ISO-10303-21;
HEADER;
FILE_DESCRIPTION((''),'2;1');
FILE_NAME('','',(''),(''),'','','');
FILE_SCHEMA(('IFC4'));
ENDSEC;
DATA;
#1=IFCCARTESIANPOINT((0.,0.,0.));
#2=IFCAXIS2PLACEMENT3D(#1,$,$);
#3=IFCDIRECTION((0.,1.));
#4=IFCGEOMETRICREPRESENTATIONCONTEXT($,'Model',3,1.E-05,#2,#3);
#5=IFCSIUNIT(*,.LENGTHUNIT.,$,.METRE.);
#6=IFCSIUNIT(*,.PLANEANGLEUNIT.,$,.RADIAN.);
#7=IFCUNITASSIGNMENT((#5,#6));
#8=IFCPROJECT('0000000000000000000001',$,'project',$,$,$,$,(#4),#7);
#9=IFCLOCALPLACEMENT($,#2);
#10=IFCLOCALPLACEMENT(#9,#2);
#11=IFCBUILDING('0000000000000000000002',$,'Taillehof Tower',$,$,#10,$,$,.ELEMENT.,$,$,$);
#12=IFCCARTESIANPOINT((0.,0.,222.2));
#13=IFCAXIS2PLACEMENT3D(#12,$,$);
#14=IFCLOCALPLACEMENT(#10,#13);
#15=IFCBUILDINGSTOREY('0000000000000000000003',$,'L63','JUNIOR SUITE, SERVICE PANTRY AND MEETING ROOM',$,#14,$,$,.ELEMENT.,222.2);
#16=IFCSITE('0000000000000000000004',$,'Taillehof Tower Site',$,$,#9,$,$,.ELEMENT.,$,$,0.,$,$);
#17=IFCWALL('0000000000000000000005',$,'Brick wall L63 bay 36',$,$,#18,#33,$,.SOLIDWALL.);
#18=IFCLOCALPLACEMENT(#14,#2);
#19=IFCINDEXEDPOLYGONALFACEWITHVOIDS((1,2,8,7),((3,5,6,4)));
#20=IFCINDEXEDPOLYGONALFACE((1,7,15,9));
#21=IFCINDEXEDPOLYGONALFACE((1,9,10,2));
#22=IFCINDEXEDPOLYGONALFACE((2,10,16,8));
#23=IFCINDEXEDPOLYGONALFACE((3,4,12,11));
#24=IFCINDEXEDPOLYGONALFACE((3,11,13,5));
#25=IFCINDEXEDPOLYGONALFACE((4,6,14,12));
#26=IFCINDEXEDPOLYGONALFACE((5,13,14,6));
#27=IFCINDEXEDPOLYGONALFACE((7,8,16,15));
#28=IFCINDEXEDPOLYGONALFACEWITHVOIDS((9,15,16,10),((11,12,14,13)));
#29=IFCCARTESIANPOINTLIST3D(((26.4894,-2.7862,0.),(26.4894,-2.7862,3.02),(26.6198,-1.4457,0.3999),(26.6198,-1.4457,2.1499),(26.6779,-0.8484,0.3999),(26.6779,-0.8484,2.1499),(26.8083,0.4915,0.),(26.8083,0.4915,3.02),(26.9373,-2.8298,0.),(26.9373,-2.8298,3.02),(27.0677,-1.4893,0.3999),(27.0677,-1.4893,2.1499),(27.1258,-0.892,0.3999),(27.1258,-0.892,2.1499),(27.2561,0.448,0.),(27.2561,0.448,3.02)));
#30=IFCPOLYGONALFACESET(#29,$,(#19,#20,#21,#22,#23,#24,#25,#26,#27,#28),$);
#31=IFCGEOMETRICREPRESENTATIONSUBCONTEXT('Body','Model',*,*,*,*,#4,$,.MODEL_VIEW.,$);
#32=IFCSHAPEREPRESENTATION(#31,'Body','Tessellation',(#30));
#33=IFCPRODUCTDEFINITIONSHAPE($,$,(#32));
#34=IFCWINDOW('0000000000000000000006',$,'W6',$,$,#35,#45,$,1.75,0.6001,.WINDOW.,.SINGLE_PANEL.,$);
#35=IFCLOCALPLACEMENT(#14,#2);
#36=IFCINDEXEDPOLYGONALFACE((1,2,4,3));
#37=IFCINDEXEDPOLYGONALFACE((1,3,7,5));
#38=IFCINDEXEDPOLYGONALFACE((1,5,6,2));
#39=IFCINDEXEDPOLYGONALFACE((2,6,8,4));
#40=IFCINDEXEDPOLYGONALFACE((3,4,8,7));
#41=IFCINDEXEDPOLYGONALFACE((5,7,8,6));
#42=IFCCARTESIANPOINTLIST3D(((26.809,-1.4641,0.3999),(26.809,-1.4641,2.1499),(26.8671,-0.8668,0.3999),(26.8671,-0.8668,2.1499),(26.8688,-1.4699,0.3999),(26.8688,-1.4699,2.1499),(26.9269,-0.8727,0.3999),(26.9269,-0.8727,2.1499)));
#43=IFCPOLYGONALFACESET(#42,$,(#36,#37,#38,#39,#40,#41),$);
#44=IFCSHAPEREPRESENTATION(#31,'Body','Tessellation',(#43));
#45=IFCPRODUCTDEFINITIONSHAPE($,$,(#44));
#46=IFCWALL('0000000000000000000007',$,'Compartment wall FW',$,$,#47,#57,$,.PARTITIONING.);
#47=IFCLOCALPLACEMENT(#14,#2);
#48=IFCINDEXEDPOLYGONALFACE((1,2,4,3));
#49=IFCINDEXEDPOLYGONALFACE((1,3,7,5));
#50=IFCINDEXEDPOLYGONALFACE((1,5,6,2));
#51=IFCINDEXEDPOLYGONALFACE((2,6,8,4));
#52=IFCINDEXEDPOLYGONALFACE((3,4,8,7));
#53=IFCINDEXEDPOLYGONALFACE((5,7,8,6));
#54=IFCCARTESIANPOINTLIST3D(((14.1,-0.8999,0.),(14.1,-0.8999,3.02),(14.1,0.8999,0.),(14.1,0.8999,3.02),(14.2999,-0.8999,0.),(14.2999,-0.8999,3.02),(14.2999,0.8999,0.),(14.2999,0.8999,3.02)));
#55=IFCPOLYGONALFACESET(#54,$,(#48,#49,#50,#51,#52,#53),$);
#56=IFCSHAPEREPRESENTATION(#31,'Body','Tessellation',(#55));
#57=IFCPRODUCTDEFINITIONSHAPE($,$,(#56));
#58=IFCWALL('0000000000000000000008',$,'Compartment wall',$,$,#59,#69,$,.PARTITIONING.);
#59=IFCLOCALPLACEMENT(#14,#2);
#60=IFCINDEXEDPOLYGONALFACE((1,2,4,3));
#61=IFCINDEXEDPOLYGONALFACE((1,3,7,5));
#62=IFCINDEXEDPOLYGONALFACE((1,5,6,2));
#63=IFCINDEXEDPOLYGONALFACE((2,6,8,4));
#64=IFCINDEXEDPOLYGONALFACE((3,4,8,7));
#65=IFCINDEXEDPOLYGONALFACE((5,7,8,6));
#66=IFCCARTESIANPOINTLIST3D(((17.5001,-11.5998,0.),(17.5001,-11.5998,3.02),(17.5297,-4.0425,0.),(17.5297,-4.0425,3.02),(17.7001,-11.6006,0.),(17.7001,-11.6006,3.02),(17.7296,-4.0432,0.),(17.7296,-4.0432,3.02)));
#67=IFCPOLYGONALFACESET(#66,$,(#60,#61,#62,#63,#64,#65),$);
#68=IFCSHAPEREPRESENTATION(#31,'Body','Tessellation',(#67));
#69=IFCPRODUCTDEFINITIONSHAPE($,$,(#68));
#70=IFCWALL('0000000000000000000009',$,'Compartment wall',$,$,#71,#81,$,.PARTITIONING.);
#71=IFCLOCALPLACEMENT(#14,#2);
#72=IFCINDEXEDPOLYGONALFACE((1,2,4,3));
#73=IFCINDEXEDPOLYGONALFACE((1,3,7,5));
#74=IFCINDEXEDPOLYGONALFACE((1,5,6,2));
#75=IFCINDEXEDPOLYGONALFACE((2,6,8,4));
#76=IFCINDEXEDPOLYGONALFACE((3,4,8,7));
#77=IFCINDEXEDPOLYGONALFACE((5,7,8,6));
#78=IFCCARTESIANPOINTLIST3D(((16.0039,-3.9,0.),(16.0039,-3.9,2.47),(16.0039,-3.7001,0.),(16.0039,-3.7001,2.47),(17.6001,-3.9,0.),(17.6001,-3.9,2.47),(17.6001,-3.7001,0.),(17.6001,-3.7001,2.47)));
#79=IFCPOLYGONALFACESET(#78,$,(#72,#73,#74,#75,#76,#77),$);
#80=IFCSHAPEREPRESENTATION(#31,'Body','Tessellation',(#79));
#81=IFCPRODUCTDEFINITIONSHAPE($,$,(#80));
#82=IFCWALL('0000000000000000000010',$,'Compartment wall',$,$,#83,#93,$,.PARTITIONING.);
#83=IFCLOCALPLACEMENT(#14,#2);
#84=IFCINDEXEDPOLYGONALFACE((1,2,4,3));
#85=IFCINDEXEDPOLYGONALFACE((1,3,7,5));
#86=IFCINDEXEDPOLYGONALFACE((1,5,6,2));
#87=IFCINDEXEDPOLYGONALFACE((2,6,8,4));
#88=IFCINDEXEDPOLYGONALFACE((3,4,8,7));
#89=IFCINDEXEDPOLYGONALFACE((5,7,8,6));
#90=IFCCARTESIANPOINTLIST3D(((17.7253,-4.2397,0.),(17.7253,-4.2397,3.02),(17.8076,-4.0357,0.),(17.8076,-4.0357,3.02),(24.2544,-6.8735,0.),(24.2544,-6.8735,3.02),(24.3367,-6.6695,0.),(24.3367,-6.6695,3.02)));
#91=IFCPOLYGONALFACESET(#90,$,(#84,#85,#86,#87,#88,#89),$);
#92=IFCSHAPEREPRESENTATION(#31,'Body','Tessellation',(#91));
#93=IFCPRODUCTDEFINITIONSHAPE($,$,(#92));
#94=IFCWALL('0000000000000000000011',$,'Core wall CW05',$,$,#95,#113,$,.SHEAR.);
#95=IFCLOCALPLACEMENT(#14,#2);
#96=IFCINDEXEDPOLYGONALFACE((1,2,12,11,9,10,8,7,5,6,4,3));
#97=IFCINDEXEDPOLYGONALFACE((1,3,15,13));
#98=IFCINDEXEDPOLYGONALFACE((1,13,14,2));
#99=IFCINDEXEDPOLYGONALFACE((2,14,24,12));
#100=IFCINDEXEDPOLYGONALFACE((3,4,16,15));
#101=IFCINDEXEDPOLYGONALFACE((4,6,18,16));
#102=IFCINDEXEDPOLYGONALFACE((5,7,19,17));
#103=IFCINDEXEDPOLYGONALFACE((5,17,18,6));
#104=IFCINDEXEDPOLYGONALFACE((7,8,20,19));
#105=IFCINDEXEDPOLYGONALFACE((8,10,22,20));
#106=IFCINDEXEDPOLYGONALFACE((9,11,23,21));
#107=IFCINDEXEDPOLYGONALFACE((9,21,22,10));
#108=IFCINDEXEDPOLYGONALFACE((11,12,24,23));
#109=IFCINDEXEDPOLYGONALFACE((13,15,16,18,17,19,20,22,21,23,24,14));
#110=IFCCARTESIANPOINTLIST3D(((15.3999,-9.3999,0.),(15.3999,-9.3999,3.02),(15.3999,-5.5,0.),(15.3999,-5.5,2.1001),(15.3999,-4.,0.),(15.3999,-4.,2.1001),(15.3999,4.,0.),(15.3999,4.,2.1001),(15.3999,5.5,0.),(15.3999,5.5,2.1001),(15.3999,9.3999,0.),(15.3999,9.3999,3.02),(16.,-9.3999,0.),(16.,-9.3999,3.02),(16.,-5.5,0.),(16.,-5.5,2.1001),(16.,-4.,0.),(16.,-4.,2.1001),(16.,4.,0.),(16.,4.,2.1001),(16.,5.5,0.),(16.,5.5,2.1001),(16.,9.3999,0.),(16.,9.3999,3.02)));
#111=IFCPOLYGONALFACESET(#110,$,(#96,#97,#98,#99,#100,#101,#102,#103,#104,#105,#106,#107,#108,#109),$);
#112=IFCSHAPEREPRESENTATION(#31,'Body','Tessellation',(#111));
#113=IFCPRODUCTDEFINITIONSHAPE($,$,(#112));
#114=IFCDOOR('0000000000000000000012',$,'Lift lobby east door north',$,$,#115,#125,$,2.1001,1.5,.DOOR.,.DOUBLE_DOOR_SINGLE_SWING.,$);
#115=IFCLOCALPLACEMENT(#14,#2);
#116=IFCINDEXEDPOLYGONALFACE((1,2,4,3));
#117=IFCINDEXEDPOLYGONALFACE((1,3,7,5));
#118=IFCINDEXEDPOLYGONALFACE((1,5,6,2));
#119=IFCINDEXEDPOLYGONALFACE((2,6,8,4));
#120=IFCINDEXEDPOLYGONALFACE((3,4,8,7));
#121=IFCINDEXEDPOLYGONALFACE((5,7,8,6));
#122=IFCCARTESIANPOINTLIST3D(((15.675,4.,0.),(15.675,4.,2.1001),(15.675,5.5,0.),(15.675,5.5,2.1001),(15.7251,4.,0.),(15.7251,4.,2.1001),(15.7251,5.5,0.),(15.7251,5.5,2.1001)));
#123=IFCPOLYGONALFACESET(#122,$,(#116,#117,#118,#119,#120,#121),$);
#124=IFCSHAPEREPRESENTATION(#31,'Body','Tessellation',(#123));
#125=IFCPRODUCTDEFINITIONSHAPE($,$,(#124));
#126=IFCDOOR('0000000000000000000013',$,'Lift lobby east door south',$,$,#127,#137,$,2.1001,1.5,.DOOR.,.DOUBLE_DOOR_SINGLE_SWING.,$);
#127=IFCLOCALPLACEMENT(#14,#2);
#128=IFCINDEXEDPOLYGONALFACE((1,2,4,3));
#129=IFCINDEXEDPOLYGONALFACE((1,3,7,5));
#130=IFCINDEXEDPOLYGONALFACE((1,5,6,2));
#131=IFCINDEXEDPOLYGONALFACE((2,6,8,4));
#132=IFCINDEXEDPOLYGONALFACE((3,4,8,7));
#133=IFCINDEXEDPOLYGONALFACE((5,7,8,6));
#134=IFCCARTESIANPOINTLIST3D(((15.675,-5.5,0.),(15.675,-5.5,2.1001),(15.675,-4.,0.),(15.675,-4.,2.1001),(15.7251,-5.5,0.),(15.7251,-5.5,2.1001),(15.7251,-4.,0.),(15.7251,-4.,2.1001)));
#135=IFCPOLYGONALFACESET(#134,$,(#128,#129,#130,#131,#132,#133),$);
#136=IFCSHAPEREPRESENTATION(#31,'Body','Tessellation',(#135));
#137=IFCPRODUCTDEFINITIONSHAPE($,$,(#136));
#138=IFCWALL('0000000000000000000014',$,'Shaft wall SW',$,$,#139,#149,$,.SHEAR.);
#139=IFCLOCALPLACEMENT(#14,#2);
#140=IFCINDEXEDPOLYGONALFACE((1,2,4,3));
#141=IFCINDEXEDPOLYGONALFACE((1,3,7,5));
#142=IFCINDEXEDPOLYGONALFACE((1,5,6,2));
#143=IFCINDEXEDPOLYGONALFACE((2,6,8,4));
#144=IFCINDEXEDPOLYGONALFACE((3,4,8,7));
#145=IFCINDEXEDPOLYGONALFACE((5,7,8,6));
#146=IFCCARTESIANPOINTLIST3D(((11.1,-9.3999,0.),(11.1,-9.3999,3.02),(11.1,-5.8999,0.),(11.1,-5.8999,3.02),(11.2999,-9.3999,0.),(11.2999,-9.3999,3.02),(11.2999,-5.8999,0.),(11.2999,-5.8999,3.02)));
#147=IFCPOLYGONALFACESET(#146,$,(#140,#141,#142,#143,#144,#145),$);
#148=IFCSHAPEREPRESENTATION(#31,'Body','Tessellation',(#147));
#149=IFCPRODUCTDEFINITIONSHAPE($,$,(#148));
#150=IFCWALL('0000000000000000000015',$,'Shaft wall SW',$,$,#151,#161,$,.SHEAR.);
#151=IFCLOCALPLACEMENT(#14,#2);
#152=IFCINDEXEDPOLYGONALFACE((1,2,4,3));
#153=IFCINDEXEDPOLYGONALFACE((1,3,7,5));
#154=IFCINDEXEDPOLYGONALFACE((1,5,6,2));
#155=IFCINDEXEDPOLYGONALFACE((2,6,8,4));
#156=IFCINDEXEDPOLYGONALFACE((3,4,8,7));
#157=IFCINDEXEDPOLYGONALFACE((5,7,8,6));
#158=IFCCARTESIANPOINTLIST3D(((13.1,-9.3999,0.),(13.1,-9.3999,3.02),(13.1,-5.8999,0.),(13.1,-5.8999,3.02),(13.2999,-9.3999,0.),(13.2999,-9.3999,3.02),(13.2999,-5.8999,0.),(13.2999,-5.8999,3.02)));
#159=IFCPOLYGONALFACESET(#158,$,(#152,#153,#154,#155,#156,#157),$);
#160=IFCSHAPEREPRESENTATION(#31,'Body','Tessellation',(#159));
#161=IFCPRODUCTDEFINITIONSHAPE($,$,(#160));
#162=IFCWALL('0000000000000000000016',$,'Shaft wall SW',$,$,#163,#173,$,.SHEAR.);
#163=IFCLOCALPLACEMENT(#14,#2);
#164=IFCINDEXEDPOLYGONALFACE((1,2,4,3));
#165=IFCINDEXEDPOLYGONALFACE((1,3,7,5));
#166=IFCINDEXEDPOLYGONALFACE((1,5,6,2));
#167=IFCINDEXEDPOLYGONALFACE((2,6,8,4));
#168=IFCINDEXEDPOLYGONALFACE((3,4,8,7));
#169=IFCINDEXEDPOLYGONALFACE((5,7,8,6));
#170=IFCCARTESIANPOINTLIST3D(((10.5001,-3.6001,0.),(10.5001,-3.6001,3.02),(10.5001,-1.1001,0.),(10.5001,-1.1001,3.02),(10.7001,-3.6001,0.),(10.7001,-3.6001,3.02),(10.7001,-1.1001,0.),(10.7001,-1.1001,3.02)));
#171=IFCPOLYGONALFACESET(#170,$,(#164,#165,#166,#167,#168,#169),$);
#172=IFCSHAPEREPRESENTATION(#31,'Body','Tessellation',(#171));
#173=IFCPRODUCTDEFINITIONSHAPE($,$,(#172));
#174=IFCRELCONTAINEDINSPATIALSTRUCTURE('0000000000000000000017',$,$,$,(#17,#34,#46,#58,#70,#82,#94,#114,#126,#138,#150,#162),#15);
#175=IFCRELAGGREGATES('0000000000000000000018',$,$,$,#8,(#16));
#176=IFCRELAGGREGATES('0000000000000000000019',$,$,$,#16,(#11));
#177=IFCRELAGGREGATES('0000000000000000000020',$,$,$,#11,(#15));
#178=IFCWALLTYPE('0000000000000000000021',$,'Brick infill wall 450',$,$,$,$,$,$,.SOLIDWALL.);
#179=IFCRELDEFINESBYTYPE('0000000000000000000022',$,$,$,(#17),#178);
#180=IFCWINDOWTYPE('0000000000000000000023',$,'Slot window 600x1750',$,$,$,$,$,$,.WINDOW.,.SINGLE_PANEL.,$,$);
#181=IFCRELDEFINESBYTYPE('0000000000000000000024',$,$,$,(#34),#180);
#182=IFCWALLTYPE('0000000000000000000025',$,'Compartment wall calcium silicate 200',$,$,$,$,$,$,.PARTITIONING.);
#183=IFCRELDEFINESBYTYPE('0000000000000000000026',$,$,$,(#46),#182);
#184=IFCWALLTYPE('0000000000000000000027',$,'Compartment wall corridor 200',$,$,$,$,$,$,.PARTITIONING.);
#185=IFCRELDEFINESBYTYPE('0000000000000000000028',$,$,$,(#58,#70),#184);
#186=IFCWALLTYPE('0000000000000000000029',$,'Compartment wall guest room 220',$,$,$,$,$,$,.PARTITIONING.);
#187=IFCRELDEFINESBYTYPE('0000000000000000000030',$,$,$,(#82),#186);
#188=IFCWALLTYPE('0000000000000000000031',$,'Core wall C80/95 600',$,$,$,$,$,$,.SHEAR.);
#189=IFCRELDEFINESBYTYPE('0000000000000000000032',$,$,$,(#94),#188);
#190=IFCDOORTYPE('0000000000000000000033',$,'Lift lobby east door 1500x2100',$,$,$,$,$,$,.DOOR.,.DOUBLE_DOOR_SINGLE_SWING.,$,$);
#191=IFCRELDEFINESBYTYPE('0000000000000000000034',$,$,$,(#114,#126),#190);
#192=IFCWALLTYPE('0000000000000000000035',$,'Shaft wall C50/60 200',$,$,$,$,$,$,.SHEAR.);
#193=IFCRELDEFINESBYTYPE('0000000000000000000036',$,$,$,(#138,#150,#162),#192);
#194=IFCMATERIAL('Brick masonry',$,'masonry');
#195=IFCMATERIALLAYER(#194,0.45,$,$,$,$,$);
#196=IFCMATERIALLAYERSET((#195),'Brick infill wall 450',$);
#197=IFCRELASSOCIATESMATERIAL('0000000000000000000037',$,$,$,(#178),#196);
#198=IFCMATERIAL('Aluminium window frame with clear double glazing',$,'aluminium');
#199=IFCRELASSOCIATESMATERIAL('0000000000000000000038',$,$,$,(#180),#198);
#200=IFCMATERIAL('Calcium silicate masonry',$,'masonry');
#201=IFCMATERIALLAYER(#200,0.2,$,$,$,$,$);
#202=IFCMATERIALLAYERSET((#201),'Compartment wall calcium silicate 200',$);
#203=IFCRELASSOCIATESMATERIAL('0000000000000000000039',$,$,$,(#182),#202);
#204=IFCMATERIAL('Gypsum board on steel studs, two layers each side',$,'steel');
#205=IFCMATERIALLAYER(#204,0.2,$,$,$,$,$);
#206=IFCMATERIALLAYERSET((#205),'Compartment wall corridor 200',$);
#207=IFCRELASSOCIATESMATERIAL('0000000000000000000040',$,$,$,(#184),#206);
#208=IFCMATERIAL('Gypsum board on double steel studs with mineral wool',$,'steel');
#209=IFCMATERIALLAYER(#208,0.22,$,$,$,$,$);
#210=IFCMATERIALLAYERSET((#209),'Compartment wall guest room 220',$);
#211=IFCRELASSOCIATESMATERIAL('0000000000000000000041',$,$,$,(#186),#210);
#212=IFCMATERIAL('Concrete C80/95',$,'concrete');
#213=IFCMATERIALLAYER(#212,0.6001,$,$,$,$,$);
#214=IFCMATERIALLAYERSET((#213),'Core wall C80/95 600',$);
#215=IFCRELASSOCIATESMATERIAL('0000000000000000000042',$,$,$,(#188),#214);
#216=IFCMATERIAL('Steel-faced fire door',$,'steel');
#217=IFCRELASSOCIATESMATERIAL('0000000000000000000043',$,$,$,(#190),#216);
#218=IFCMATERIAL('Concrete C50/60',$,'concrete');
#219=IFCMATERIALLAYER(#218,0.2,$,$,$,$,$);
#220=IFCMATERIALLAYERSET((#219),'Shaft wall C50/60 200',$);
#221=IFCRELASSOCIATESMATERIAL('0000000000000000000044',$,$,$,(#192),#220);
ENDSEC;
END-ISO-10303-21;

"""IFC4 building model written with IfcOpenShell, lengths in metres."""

from ifc_helpers import new_model, si_unit, direction, frame, frame_2d, origin, place, context, subcontext, project, spatial, rectangle, extrude, material, layer, layer_set, type_object, element, fill, save


model = new_model("IFC4")

# Units and contexts
model_context = context("Model", 3, precision=1e-05, world=origin(), true_north=direction((0.0, 1.0)))
body_context = subcontext(model_context, "Body", "Model", "MODEL_VIEW")
ifc_project = project(units=[si_unit("LENGTHUNIT", "METRE"), si_unit("PLANEANGLEUNIT", "RADIAN")], contexts=[model_context])

# Site, building, storey
site_placement = place(None, origin())
site = spatial("IfcSite", under=ifc_project, at=site_placement, Name="Taillehof Tower Site", CompositionType="ELEMENT", RefElevation=0.0)
building_placement = place(site_placement, origin())
building = spatial("IfcBuilding", under=site, at=building_placement, Name="Taillehof Tower", CompositionType="ELEMENT")
storey_placement = place(building_placement, frame((0.0, 0.0, 222.2)))
storey = spatial("IfcBuildingStorey", under=building, at=storey_placement, Name="L63", Description="JUNIOR SUITE, SERVICE PANTRY AND MEETING ROOM", CompositionType="ELEMENT", Elevation=222.2)

# Shared definitions
ifc_material_1 = material(Name="Brick masonry", Category="masonry")
ifc_layer_1 = layer(ifc_material_1, 0.45)
ifc_layer_set_1 = layer_set([ifc_layer_1], Name="Brick infill wall 450")
wall_type_1 = type_object("IfcWallType", Name="Brick infill wall 450", PredefinedType="SOLIDWALL", material=ifc_layer_set_1)
ifc_material_2 = material(Name="Aluminium window frame with clear double glazing", Category="aluminium")
window_type = type_object("IfcWindowType", Name="Slot window 600x1750", PartitioningType="SINGLE_PANEL", PredefinedType="WINDOW", material=ifc_material_2)

# Wall, opening, window
wall_1_placement = place(storey_placement, frame((26.7134, -2.8079, 0.0), z_axis=(0.0, 0.0, 1.0), x_axis=(0.096817, 0.995302, 0.0)))
wall_1 = element("IfcWall", 1, at=wall_1_placement, inside=storey, type_object=wall_type_1, Name="Brick wall L63 bay 36", PredefinedType="SOLIDWALL", context=body_context, shape_type="SweptSolid", body=[
    extrude(rectangle(XDim=3.2932, YDim=0.45, at=frame_2d((1.6465, 0.0))), origin(), (0.0, 0.0, 1.0), 3.02),
])
opening_1_placement = place(wall_1_placement, frame((1.3467, 0.0, 0.3999)))
opening_1 = element("IfcOpeningElement", 2, at=opening_1_placement, cuts=wall_1, PredefinedType="OPENING", context=body_context, shape_type="SweptSolid", body=[
    extrude(rectangle(XDim=0.6001, YDim=1.75, at=frame_2d((0.3, 0.875))), frame((0.0, 0.2349, 0.0), z_axis=(0.0, -1.0, 0.0), x_axis=(1.0, 0.0, 0.0)), (0.0, 0.0, 1.0), 0.47),
])
window_1_placement = place(opening_1_placement, origin())
window_1 = element("IfcWindow", 3, at=window_1_placement, inside=storey, type_object=window_type, Name="W6", OverallHeight=1.75, OverallWidth=0.6001, PartitioningType="SINGLE_PANEL", PredefinedType="WINDOW", context=body_context, shape_type="SweptSolid", body=[
    extrude(rectangle(XDim=0.6001, YDim=1.75, at=frame_2d((0.3, 0.875))), frame((0.0, 0.0349, 0.0), z_axis=(0.0, -1.0, 0.0), x_axis=(1.0, 0.0, 0.0)), (0.0, 0.0, 1.0), 0.0601),
])
fill(opening_1, window_1)

# Walls
ifc_material_3 = material(Name="Calcium silicate masonry", Category="masonry")
ifc_layer_2 = layer(ifc_material_3, 0.2)
ifc_layer_set_2 = layer_set([ifc_layer_2], Name="Compartment wall calcium silicate 200")
wall_type_2 = type_object("IfcWallType", Name="Compartment wall calcium silicate 200", PredefinedType="PARTITIONING", material=ifc_layer_set_2)
wall_2_placement = place(storey_placement, frame((14.2, -0.8999, 0.0), z_axis=(0.0, 0.0, 1.0), x_axis=(0.0, 1.0, 0.0)))
element("IfcWall", 4, at=wall_2_placement, inside=storey, type_object=wall_type_2, Name="Compartment wall FW", PredefinedType="PARTITIONING", context=body_context, shape_type="SweptSolid", body=[
    extrude(rectangle(XDim=1.7998, YDim=0.2, at=frame_2d((0.8999, 0.0))), origin(), (0.0, 0.0, 1.0), 3.02),
])
ifc_material_4 = material(Name="Gypsum board on steel studs, two layers each side", Category="steel")
ifc_layer_3 = layer(ifc_material_4, 0.2)
ifc_layer_set_3 = layer_set([ifc_layer_3], Name="Compartment wall corridor 200")
wall_type_3 = type_object("IfcWallType", Name="Compartment wall corridor 200", PredefinedType="PARTITIONING", material=ifc_layer_set_3)
wall_3_placement = place(storey_placement, frame((17.6296, -4.0427, 0.0), z_axis=(0.0, 0.0, 1.0), x_axis=(-0.003909, -0.999992, 0.0)))
element("IfcWall", 5, at=wall_3_placement, inside=storey, type_object=wall_type_3, Name="Compartment wall", PredefinedType="PARTITIONING", context=body_context, shape_type="SweptSolid", body=[
    extrude(rectangle(XDim=7.5574, YDim=0.2, at=frame_2d((3.7788, 0.0))), origin(), (0.0, 0.0, 1.0), 3.02),
])
wall_4_placement = place(storey_placement, frame((16.0039, -3.8, 0.0), z_axis=(0.0, 0.0, 1.0), x_axis=(1.0, 0.0, 0.0)))
element("IfcWall", 6, at=wall_4_placement, inside=storey, type_object=wall_type_3, Name="Compartment wall", PredefinedType="PARTITIONING", context=body_context, shape_type="SweptSolid", body=[
    extrude(rectangle(XDim=1.5962, YDim=0.2, at=frame_2d((0.7981, 0.0))), origin(), (0.0, 0.0, 1.0), 2.47),
])
ifc_material_5 = material(Name="Gypsum board on double steel studs with mineral wool", Category="steel")
ifc_layer_4 = layer(ifc_material_5, 0.22)
ifc_layer_set_4 = layer_set([ifc_layer_4], Name="Compartment wall guest room 220")
wall_type_4 = type_object("IfcWallType", Name="Compartment wall guest room 220", PredefinedType="PARTITIONING", material=ifc_layer_set_4)
wall_5_placement = place(storey_placement, frame((24.2954, -6.7715, 0.0), z_axis=(0.0, 0.0, 1.0), x_axis=(-0.927387, 0.374104, 0.0)))
element("IfcWall", 7, at=wall_5_placement, inside=storey, type_object=wall_type_4, Name="Compartment wall", PredefinedType="PARTITIONING", context=body_context, shape_type="SweptSolid", body=[
    extrude(rectangle(XDim=7.0403, YDim=0.22, at=frame_2d((3.52, 0.0))), origin(), (0.0, 0.0, 1.0), 3.02),
])

# Wall, openings, doors
ifc_material_6 = material(Name="Concrete C80/95", Category="concrete")
ifc_layer_5 = layer(ifc_material_6, 0.6001)
ifc_layer_set_5 = layer_set([ifc_layer_5], Name="Core wall C80/95 600")
wall_type_5 = type_object("IfcWallType", Name="Core wall C80/95 600", PredefinedType="SHEAR", material=ifc_layer_set_5)
wall_6_placement = place(storey_placement, frame((15.7, -9.3999, 0.0), z_axis=(0.0, 0.0, 1.0), x_axis=(0.0, 1.0, 0.0)))
wall_6 = element("IfcWall", 8, at=wall_6_placement, inside=storey, type_object=wall_type_5, Name="Core wall CW05", PredefinedType="SHEAR", context=body_context, shape_type="SweptSolid", body=[
    extrude(rectangle(XDim=18.7998, YDim=0.6001, at=frame_2d((9.3999, 0.0))), origin(), (0.0, 0.0, 1.0), 3.02),
])
opening_2_placement = place(wall_6_placement, frame((13.3999, 0.0, 0.0)))
opening_2 = element("IfcOpeningElement", 9, at=opening_2_placement, cuts=wall_6, PredefinedType="OPENING", context=body_context, shape_type="SweptSolid", body=[
    extrude(rectangle(XDim=1.5, YDim=2.1001, at=frame_2d((0.75, 1.05))), frame((0.0, 0.3101, 0.0), z_axis=(0.0, -1.0, 0.0), x_axis=(1.0, 0.0, 0.0)), (0.0, 0.0, 1.0), 0.6201),
])
opening_3_placement = place(wall_6_placement, frame((3.8999, 0.0, 0.0)))
opening_3 = element("IfcOpeningElement", 10, at=opening_3_placement, cuts=wall_6, PredefinedType="OPENING", context=body_context, shape_type="SweptSolid", body=[
    extrude(rectangle(XDim=1.5, YDim=2.1001, at=frame_2d((0.75, 1.05))), frame((0.0, 0.3101, 0.0), z_axis=(0.0, -1.0, 0.0), x_axis=(1.0, 0.0, 0.0)), (0.0, 0.0, 1.0), 0.6201),
])
ifc_material_7 = material(Name="Steel-faced fire door", Category="steel")
door_type = type_object("IfcDoorType", Name="Lift lobby east door 1500x2100", OperationType="DOUBLE_DOOR_SINGLE_SWING", PredefinedType="DOOR", material=ifc_material_7)
door_1_placement = place(opening_2_placement, origin())
door_1 = element("IfcDoor", 11, at=door_1_placement, inside=storey, type_object=door_type, Name="Lift lobby east door north", OperationType="DOUBLE_DOOR_SINGLE_SWING", OverallHeight=2.1001, OverallWidth=1.5, PredefinedType="DOOR", context=body_context, shape_type="SweptSolid", body=[
    extrude(rectangle(XDim=1.5, YDim=2.1001, at=frame_2d((0.75, 1.05))), frame((0.0, 0.0249, 0.0), z_axis=(0.0, -1.0, 0.0), x_axis=(1.0, 0.0, 0.0)), (0.0, 0.0, 1.0), 0.05),
])
fill(opening_2, door_1)
door_2_placement = place(opening_3_placement, origin())
door_2 = element("IfcDoor", 12, at=door_2_placement, inside=storey, type_object=door_type, Name="Lift lobby east door south", OperationType="DOUBLE_DOOR_SINGLE_SWING", OverallHeight=2.1001, OverallWidth=1.5, PredefinedType="DOOR", context=body_context, shape_type="SweptSolid", body=[
    extrude(rectangle(XDim=1.5, YDim=2.1001, at=frame_2d((0.75, 1.05))), frame((0.0, 0.0249, 0.0), z_axis=(0.0, -1.0, 0.0), x_axis=(1.0, 0.0, 0.0)), (0.0, 0.0, 1.0), 0.05),
])
fill(opening_3, door_2)

# Walls
ifc_material_8 = material(Name="Concrete C50/60", Category="concrete")
ifc_layer_6 = layer(ifc_material_8, 0.2)
ifc_layer_set_6 = layer_set([ifc_layer_6], Name="Shaft wall C50/60 200")
wall_type_6 = type_object("IfcWallType", Name="Shaft wall C50/60 200", PredefinedType="SHEAR", material=ifc_layer_set_6)
for number, where, z_axis, x_axis, name in (
    (13, (11.2, -9.3999, 0.0), (0.0, 0.0, 1.0), (0.0, 1.0, 0.0), "Shaft wall SW"),
    (14, (13.2, -9.3999, 0.0), (0.0, 0.0, 1.0), (0.0, 1.0, 0.0), "Shaft wall SW"),
):
    element("IfcWall", number, at=place(storey_placement, frame(where, z_axis=z_axis, x_axis=x_axis)), inside=storey, type_object=wall_type_6, Name=name, PredefinedType="SHEAR", context=body_context, shape_type="SweptSolid", body=[
        extrude(rectangle(XDim=3.5, YDim=0.2, at=frame_2d((1.75, 0.0))), origin(), (0.0, 0.0, 1.0), 3.02),
    ])
for number, where, z_axis, x_axis, name in (
    (15, (10.6001, -3.6001, 0.0), (0.0, 0.0, 1.0), (0.0, 1.0, 0.0), "Shaft wall SW"),
):
    element("IfcWall", number, at=place(storey_placement, frame(where, z_axis=z_axis, x_axis=x_axis)), inside=storey, type_object=wall_type_6, Name=name, PredefinedType="SHEAR", context=body_context, shape_type="SweptSolid", body=[
        extrude(rectangle(XDim=2.5, YDim=0.2, at=frame_2d((1.25, 0.0))), origin(), (0.0, 0.0, 1.0), 3.02),
    ])

save(model, "model.ifc")
